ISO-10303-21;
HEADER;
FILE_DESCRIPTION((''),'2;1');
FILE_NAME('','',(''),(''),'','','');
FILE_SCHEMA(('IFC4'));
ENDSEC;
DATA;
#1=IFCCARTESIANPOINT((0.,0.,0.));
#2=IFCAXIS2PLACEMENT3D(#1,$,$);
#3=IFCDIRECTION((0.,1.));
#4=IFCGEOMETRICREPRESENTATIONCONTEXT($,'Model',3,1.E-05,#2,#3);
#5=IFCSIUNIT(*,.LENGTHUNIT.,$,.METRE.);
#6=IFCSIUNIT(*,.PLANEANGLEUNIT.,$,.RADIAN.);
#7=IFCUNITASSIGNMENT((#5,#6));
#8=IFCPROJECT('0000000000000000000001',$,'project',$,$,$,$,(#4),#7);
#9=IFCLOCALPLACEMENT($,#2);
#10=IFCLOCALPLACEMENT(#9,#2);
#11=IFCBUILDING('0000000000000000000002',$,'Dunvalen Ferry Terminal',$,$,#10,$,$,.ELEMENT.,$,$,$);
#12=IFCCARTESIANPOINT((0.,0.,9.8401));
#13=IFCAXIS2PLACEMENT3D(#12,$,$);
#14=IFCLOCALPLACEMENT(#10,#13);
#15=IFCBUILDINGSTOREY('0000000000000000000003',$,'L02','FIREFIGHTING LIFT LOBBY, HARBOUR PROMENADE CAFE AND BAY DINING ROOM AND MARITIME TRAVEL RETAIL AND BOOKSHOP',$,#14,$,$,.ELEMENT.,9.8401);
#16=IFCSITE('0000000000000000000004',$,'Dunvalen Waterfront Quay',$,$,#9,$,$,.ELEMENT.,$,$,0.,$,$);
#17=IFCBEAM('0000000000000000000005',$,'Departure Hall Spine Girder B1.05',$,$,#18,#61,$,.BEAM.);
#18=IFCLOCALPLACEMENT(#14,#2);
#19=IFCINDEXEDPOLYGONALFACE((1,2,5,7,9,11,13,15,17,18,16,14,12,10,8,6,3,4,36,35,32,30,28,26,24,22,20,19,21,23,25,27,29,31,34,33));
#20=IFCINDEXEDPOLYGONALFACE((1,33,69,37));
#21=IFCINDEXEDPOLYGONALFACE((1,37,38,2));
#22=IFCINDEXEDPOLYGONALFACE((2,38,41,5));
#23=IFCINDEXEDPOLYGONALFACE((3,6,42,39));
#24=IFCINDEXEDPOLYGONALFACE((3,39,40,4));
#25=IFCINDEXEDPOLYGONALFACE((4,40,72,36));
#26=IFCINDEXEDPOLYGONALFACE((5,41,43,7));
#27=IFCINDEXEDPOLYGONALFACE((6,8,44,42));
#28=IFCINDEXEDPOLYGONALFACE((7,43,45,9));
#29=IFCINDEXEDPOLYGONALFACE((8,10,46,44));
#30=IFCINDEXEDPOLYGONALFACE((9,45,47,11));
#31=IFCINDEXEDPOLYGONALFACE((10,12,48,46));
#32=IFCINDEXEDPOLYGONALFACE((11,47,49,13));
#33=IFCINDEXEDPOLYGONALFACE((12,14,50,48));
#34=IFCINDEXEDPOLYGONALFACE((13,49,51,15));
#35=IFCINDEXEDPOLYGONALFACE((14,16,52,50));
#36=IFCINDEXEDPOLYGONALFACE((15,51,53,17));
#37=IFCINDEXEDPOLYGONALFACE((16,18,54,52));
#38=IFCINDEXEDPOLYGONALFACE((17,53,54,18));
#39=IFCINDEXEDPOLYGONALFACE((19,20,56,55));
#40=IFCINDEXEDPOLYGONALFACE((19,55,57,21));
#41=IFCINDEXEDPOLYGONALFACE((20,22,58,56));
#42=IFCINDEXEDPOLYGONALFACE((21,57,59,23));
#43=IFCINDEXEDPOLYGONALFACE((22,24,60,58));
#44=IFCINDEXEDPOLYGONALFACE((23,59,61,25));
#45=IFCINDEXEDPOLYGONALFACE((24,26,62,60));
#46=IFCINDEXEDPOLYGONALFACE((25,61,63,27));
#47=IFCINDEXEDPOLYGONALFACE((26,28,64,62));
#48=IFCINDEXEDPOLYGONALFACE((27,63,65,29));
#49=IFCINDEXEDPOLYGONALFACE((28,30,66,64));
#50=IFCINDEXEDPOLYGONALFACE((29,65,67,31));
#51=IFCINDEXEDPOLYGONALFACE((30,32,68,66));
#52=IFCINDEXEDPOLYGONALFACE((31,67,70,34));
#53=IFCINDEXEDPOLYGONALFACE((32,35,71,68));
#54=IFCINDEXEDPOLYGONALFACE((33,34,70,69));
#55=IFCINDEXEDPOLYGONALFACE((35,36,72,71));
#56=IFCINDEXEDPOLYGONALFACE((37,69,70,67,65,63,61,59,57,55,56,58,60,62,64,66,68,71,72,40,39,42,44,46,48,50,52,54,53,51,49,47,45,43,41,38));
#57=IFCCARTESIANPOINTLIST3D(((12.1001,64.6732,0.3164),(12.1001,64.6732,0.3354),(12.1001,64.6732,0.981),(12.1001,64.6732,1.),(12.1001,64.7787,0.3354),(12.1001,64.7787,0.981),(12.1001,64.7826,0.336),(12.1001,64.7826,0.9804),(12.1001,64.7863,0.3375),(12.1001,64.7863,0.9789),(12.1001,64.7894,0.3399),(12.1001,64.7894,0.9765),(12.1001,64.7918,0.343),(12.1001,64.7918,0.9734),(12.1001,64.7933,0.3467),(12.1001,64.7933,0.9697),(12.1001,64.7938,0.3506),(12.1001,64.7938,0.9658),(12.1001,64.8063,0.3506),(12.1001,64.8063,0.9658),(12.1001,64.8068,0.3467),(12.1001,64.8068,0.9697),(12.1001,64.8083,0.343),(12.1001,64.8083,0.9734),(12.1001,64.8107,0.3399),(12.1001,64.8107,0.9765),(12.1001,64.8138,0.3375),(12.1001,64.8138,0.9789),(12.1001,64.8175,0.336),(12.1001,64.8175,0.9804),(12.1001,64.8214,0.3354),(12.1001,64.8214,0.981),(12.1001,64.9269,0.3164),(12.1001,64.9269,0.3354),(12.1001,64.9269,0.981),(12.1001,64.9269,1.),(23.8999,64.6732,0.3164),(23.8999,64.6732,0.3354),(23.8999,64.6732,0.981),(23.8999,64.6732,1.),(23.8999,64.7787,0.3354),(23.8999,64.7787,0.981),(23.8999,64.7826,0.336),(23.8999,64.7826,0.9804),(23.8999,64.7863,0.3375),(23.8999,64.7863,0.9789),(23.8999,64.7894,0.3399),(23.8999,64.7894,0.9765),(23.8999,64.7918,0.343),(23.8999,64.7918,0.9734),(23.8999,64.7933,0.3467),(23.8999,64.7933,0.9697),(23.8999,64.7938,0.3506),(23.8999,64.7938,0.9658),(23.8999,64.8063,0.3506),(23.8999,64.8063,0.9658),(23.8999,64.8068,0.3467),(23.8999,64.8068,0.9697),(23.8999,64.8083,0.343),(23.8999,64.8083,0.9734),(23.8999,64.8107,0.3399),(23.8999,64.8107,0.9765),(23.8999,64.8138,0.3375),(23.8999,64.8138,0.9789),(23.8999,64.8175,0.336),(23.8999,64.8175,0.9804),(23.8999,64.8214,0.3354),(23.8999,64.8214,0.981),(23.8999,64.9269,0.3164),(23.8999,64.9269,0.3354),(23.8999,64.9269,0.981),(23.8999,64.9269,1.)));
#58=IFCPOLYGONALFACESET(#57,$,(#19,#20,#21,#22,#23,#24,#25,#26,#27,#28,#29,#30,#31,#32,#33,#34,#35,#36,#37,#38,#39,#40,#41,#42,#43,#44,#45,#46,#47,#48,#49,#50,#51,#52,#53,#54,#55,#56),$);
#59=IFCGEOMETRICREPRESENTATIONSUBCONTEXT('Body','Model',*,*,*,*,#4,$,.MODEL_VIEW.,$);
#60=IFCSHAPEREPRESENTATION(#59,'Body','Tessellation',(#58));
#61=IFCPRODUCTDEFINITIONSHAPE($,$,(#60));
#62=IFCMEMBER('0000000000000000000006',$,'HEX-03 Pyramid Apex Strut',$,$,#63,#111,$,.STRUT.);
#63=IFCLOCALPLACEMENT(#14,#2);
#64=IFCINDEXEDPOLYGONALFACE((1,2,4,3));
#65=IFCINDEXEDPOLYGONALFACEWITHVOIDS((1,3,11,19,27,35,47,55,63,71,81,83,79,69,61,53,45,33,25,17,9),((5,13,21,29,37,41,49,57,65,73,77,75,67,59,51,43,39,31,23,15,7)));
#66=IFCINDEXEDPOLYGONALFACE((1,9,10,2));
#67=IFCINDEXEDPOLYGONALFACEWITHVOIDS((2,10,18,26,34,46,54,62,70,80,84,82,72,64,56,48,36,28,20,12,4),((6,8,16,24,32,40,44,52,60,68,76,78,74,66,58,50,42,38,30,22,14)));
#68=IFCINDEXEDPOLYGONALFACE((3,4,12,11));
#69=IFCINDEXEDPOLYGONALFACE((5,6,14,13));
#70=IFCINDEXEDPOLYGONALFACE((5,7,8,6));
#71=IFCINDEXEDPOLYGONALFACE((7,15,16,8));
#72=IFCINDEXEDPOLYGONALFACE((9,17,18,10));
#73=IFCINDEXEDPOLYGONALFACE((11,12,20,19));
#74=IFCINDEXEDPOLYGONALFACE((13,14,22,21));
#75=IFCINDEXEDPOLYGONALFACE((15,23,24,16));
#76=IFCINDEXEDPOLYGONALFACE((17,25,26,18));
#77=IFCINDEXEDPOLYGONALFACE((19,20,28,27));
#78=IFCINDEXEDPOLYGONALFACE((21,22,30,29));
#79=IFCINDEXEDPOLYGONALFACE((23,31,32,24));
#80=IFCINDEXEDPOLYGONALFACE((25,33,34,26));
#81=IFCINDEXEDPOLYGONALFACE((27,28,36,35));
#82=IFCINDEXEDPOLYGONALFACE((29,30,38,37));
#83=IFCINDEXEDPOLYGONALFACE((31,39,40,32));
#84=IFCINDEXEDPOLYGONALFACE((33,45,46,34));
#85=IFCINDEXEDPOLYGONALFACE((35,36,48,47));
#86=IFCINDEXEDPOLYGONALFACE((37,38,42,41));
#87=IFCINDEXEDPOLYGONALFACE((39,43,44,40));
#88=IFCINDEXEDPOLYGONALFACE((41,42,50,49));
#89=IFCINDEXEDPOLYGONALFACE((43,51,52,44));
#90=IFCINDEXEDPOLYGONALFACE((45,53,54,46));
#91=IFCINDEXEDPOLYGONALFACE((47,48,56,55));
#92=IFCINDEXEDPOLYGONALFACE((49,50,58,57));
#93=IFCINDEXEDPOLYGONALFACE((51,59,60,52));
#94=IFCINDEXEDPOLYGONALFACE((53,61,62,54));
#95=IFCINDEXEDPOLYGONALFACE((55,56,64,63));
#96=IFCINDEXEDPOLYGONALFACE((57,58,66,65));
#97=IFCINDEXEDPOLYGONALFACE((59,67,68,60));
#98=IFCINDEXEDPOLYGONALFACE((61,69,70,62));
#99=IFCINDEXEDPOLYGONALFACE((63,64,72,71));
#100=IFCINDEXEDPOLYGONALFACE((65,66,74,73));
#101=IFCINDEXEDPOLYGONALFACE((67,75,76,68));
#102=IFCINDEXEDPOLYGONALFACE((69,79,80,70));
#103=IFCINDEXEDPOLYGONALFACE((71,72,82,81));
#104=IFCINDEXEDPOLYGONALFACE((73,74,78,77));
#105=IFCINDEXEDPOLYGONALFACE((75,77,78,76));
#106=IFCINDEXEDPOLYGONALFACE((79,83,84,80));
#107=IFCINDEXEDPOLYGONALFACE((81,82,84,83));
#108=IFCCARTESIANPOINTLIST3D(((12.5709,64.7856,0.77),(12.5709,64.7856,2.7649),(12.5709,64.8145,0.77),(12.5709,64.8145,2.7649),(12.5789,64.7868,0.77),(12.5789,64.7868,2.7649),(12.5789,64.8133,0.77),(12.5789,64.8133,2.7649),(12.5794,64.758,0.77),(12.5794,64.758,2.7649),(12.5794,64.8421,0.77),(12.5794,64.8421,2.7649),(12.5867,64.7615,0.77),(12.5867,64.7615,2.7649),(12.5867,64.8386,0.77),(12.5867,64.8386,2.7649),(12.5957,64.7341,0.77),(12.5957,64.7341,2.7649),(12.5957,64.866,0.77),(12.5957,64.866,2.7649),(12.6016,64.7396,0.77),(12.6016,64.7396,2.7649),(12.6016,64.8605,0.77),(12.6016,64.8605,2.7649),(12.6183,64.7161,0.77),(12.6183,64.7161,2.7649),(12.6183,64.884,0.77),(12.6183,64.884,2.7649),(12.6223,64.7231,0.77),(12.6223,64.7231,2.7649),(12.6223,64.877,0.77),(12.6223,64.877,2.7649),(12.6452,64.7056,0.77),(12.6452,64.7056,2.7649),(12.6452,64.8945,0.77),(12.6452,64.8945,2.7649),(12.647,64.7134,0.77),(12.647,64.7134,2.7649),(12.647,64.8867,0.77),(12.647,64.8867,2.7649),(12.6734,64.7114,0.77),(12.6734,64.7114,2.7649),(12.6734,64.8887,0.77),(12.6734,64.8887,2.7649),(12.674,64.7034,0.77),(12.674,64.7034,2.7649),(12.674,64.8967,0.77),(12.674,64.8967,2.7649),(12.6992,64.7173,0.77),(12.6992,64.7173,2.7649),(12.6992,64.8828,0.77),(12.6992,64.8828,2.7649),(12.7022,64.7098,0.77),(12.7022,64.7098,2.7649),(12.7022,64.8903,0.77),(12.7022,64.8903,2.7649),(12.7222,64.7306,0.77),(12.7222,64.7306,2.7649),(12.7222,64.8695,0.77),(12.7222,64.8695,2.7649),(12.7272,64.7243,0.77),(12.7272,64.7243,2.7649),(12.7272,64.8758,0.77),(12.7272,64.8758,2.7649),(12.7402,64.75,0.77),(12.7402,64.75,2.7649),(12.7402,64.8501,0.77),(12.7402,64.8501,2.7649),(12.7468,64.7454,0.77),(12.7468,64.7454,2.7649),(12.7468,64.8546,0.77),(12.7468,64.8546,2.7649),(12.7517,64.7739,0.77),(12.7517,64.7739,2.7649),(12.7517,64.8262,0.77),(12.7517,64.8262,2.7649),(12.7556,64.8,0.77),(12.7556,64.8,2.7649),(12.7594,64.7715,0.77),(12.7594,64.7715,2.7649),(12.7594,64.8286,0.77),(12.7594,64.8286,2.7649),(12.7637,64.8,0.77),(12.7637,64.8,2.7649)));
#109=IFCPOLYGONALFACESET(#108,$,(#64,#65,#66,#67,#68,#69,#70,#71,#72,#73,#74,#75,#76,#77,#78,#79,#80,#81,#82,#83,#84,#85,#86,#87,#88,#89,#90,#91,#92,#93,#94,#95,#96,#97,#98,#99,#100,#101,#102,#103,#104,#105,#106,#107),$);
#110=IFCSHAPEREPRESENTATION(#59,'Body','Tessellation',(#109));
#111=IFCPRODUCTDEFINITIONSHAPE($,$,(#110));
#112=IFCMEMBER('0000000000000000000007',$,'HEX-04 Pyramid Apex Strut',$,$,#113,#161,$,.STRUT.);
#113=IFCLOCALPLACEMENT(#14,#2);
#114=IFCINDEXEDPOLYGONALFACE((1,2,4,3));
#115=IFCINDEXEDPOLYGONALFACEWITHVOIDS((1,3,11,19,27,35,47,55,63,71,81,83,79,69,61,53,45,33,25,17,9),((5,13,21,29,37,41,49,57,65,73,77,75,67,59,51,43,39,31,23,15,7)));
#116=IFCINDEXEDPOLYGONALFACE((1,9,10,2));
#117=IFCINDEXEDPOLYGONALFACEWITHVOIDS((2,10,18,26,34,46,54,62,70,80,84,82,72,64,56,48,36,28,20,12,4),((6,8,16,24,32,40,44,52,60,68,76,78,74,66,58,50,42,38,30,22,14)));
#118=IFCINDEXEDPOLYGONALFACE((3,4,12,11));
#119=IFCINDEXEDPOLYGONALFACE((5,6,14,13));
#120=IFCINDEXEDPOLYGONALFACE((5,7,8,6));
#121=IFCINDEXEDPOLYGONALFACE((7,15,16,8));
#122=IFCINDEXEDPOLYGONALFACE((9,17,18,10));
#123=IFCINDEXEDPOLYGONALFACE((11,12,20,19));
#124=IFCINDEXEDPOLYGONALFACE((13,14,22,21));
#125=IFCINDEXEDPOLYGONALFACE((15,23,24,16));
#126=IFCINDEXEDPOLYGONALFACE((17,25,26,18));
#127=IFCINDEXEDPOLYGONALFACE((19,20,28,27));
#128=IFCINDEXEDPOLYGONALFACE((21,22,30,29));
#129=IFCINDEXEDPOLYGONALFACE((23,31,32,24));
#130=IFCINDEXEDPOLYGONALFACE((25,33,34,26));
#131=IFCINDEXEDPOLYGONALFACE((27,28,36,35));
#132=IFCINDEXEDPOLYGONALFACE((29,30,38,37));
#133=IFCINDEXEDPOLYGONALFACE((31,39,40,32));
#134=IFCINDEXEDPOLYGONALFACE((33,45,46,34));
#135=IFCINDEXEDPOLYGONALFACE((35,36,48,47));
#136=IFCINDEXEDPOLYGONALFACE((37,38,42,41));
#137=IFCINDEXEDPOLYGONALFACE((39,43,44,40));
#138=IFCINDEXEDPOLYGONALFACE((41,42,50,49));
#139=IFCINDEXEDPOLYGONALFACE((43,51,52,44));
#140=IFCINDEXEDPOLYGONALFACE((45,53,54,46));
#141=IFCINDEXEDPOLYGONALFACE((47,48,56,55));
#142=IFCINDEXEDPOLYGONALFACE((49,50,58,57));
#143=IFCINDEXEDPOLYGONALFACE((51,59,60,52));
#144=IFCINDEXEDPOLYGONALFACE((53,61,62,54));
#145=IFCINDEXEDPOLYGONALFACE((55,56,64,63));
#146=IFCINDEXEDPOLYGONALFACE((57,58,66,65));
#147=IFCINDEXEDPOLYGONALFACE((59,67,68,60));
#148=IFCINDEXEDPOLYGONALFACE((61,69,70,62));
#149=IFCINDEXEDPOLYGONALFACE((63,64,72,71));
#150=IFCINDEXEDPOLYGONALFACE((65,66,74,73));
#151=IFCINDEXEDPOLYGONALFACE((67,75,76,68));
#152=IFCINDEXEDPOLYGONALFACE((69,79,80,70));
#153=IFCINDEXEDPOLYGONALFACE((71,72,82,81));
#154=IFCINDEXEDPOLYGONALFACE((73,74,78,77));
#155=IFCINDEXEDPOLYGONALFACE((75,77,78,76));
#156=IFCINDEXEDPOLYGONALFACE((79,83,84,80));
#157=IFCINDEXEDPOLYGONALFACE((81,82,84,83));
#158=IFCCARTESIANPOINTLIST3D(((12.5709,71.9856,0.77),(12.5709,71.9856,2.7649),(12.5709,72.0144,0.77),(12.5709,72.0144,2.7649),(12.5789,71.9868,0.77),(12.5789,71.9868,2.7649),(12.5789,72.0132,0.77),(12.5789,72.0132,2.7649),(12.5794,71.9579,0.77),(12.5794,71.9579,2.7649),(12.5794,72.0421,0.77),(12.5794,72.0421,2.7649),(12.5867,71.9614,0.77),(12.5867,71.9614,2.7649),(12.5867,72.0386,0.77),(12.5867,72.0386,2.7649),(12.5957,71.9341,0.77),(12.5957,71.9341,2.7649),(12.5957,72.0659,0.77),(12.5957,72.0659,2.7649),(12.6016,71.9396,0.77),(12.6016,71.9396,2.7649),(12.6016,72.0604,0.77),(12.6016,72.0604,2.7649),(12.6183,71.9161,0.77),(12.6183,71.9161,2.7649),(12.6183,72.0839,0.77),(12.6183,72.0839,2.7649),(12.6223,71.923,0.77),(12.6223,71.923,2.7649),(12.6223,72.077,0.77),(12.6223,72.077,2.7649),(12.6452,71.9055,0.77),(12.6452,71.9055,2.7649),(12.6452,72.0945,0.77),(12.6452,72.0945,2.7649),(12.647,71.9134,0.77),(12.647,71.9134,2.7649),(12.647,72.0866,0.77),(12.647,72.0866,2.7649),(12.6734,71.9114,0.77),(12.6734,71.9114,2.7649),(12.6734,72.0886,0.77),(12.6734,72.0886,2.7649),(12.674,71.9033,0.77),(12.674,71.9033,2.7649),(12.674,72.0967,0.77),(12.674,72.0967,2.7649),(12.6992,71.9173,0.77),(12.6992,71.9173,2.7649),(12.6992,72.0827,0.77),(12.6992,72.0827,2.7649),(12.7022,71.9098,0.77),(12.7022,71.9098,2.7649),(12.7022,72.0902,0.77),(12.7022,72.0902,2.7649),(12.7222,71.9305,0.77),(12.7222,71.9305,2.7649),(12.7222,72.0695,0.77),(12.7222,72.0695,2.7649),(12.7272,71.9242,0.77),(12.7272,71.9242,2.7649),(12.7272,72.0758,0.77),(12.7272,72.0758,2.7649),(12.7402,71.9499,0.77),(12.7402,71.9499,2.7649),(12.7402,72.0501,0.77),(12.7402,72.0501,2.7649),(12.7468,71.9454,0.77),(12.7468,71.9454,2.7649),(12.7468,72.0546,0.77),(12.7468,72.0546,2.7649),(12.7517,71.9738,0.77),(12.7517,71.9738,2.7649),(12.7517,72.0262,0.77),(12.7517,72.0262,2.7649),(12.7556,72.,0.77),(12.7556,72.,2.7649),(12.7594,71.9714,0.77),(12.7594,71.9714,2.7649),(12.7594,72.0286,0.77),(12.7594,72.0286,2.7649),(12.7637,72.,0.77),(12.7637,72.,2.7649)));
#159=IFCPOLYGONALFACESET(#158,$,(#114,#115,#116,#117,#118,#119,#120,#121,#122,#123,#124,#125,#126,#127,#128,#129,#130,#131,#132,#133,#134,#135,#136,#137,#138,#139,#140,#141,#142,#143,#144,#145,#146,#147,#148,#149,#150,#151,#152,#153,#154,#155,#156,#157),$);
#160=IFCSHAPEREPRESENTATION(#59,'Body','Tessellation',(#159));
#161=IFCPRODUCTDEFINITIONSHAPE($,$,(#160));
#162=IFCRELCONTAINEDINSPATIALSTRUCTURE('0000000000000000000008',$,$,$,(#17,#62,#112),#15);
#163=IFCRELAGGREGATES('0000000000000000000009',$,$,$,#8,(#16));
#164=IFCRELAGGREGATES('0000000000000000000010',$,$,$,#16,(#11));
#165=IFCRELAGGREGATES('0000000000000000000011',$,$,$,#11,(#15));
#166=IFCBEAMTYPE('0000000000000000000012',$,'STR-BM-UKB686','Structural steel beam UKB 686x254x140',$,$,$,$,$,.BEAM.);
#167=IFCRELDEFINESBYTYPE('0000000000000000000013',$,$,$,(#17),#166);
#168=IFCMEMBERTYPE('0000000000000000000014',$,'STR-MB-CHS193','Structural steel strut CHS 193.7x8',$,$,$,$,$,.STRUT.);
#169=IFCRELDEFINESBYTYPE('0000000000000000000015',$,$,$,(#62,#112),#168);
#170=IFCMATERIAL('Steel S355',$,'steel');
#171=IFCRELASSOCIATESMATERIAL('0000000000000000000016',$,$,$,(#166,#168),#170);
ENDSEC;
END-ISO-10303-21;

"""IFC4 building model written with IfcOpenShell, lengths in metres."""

from ifc_helpers import new_model, si_unit, direction, frame, origin, origin_2d, place, context, subcontext, project, spatial, hollow_circle, i_section, extrude, material, material_profile, profile_set, type_object, element, save


model = new_model("IFC4")

# Units and contexts
model_context = context("Model", 3, precision=1e-05, world=origin(), true_north=direction((0.0, 1.0)))
body_context = subcontext(model_context, "Body", "Model", "MODEL_VIEW")
ifc_project = project(units=[si_unit("LENGTHUNIT", "METRE"), si_unit("PLANEANGLEUNIT", "RADIAN")], contexts=[model_context])

# Site, building, storey
site_placement = place(None, origin())
site = spatial("IfcSite", under=ifc_project, at=site_placement, Name="Dunvalen Waterfront Quay", CompositionType="ELEMENT", RefElevation=0.0)
building_placement = place(site_placement, origin())
building = spatial("IfcBuilding", under=site, at=building_placement, Name="Dunvalen Ferry Terminal", CompositionType="ELEMENT")
storey_placement = place(building_placement, frame((0.0, 0.0, 9.8401)))
storey = spatial("IfcBuildingStorey", under=building, at=storey_placement, Name="L02", Description="FIREFIGHTING LIFT LOBBY, HARBOUR PROMENADE CAFE AND BAY DINING ROOM AND MARITIME TRAVEL RETAIL AND BOOKSHOP", CompositionType="ELEMENT", Elevation=9.8401)

# Beam
ifc_material_1 = material(Name="Steel S355", Category="steel")
ifc_material_profile_1 = material_profile(ifc_material_1, i_section(OverallWidth=0.2537, OverallDepth=0.6836, WebThickness=0.0125, FlangeThickness=0.019, FilletRadius=0.0151, at=origin_2d()), Name="Steel S355")
ifc_profile_set_1 = profile_set([ifc_material_profile_1], Name="Steel S355")
beam_type_1 = type_object("IfcBeamType", Name="STR-BM-UKB686", Description="Structural steel beam UKB 686x254x140", PredefinedType="BEAM", material=ifc_profile_set_1)
beam_1_placement = place(storey_placement, frame((12.1001, 64.8, 0.6582), z_axis=(1.0, 0.0, 0.0), x_axis=(0.0, 1.0, 0.0)))
element("IfcBeam", 1, at=beam_1_placement, inside=storey, type_object=beam_type_1, Name="Departure Hall Spine Girder B1.05", PredefinedType="BEAM", context=body_context, shape_type="SweptSolid", body=[
    extrude(i_section(OverallWidth=0.2537, OverallDepth=0.6836, WebThickness=0.0125, FlangeThickness=0.019, FilletRadius=0.0151, at=origin_2d()), origin(), (0.0, 0.0, 1.0), 11.7998),
])

# Members
ifc_material_profile_2 = material_profile(ifc_material_1, hollow_circle(Radius=0.0969, WallThickness=0.0081, at=origin_2d()), Name="Steel S355")
ifc_profile_set_2 = profile_set([ifc_material_profile_2], Name="Steel S355")
member_type_1 = type_object("IfcMemberType", Name="STR-MB-CHS193", Description="Structural steel strut CHS 193.7x8", PredefinedType="STRUT", material=ifc_profile_set_2)
for number, where, z_axis, x_axis, name in (
    (2, (12.6667, 64.8, 0.77), (0.0, 0.0, 1.0), (1.0, 0.0, 0.0), "HEX-03 Pyramid Apex Strut"),
    (3, (12.6667, 72.0, 0.77), (0.0, 0.0, 1.0), (1.0, 0.0, 0.0), "HEX-04 Pyramid Apex Strut"),
):
    element("IfcMember", number, at=place(storey_placement, frame(where, z_axis=z_axis, x_axis=x_axis)), inside=storey, type_object=member_type_1, Name=name, PredefinedType="STRUT", context=body_context, shape_type="SweptSolid", body=[
        extrude(hollow_circle(Radius=0.0969, WallThickness=0.0081, at=origin_2d()), origin(), (0.0, 0.0, 1.0), 1.9949),
    ])

save(model, "model.ifc")
